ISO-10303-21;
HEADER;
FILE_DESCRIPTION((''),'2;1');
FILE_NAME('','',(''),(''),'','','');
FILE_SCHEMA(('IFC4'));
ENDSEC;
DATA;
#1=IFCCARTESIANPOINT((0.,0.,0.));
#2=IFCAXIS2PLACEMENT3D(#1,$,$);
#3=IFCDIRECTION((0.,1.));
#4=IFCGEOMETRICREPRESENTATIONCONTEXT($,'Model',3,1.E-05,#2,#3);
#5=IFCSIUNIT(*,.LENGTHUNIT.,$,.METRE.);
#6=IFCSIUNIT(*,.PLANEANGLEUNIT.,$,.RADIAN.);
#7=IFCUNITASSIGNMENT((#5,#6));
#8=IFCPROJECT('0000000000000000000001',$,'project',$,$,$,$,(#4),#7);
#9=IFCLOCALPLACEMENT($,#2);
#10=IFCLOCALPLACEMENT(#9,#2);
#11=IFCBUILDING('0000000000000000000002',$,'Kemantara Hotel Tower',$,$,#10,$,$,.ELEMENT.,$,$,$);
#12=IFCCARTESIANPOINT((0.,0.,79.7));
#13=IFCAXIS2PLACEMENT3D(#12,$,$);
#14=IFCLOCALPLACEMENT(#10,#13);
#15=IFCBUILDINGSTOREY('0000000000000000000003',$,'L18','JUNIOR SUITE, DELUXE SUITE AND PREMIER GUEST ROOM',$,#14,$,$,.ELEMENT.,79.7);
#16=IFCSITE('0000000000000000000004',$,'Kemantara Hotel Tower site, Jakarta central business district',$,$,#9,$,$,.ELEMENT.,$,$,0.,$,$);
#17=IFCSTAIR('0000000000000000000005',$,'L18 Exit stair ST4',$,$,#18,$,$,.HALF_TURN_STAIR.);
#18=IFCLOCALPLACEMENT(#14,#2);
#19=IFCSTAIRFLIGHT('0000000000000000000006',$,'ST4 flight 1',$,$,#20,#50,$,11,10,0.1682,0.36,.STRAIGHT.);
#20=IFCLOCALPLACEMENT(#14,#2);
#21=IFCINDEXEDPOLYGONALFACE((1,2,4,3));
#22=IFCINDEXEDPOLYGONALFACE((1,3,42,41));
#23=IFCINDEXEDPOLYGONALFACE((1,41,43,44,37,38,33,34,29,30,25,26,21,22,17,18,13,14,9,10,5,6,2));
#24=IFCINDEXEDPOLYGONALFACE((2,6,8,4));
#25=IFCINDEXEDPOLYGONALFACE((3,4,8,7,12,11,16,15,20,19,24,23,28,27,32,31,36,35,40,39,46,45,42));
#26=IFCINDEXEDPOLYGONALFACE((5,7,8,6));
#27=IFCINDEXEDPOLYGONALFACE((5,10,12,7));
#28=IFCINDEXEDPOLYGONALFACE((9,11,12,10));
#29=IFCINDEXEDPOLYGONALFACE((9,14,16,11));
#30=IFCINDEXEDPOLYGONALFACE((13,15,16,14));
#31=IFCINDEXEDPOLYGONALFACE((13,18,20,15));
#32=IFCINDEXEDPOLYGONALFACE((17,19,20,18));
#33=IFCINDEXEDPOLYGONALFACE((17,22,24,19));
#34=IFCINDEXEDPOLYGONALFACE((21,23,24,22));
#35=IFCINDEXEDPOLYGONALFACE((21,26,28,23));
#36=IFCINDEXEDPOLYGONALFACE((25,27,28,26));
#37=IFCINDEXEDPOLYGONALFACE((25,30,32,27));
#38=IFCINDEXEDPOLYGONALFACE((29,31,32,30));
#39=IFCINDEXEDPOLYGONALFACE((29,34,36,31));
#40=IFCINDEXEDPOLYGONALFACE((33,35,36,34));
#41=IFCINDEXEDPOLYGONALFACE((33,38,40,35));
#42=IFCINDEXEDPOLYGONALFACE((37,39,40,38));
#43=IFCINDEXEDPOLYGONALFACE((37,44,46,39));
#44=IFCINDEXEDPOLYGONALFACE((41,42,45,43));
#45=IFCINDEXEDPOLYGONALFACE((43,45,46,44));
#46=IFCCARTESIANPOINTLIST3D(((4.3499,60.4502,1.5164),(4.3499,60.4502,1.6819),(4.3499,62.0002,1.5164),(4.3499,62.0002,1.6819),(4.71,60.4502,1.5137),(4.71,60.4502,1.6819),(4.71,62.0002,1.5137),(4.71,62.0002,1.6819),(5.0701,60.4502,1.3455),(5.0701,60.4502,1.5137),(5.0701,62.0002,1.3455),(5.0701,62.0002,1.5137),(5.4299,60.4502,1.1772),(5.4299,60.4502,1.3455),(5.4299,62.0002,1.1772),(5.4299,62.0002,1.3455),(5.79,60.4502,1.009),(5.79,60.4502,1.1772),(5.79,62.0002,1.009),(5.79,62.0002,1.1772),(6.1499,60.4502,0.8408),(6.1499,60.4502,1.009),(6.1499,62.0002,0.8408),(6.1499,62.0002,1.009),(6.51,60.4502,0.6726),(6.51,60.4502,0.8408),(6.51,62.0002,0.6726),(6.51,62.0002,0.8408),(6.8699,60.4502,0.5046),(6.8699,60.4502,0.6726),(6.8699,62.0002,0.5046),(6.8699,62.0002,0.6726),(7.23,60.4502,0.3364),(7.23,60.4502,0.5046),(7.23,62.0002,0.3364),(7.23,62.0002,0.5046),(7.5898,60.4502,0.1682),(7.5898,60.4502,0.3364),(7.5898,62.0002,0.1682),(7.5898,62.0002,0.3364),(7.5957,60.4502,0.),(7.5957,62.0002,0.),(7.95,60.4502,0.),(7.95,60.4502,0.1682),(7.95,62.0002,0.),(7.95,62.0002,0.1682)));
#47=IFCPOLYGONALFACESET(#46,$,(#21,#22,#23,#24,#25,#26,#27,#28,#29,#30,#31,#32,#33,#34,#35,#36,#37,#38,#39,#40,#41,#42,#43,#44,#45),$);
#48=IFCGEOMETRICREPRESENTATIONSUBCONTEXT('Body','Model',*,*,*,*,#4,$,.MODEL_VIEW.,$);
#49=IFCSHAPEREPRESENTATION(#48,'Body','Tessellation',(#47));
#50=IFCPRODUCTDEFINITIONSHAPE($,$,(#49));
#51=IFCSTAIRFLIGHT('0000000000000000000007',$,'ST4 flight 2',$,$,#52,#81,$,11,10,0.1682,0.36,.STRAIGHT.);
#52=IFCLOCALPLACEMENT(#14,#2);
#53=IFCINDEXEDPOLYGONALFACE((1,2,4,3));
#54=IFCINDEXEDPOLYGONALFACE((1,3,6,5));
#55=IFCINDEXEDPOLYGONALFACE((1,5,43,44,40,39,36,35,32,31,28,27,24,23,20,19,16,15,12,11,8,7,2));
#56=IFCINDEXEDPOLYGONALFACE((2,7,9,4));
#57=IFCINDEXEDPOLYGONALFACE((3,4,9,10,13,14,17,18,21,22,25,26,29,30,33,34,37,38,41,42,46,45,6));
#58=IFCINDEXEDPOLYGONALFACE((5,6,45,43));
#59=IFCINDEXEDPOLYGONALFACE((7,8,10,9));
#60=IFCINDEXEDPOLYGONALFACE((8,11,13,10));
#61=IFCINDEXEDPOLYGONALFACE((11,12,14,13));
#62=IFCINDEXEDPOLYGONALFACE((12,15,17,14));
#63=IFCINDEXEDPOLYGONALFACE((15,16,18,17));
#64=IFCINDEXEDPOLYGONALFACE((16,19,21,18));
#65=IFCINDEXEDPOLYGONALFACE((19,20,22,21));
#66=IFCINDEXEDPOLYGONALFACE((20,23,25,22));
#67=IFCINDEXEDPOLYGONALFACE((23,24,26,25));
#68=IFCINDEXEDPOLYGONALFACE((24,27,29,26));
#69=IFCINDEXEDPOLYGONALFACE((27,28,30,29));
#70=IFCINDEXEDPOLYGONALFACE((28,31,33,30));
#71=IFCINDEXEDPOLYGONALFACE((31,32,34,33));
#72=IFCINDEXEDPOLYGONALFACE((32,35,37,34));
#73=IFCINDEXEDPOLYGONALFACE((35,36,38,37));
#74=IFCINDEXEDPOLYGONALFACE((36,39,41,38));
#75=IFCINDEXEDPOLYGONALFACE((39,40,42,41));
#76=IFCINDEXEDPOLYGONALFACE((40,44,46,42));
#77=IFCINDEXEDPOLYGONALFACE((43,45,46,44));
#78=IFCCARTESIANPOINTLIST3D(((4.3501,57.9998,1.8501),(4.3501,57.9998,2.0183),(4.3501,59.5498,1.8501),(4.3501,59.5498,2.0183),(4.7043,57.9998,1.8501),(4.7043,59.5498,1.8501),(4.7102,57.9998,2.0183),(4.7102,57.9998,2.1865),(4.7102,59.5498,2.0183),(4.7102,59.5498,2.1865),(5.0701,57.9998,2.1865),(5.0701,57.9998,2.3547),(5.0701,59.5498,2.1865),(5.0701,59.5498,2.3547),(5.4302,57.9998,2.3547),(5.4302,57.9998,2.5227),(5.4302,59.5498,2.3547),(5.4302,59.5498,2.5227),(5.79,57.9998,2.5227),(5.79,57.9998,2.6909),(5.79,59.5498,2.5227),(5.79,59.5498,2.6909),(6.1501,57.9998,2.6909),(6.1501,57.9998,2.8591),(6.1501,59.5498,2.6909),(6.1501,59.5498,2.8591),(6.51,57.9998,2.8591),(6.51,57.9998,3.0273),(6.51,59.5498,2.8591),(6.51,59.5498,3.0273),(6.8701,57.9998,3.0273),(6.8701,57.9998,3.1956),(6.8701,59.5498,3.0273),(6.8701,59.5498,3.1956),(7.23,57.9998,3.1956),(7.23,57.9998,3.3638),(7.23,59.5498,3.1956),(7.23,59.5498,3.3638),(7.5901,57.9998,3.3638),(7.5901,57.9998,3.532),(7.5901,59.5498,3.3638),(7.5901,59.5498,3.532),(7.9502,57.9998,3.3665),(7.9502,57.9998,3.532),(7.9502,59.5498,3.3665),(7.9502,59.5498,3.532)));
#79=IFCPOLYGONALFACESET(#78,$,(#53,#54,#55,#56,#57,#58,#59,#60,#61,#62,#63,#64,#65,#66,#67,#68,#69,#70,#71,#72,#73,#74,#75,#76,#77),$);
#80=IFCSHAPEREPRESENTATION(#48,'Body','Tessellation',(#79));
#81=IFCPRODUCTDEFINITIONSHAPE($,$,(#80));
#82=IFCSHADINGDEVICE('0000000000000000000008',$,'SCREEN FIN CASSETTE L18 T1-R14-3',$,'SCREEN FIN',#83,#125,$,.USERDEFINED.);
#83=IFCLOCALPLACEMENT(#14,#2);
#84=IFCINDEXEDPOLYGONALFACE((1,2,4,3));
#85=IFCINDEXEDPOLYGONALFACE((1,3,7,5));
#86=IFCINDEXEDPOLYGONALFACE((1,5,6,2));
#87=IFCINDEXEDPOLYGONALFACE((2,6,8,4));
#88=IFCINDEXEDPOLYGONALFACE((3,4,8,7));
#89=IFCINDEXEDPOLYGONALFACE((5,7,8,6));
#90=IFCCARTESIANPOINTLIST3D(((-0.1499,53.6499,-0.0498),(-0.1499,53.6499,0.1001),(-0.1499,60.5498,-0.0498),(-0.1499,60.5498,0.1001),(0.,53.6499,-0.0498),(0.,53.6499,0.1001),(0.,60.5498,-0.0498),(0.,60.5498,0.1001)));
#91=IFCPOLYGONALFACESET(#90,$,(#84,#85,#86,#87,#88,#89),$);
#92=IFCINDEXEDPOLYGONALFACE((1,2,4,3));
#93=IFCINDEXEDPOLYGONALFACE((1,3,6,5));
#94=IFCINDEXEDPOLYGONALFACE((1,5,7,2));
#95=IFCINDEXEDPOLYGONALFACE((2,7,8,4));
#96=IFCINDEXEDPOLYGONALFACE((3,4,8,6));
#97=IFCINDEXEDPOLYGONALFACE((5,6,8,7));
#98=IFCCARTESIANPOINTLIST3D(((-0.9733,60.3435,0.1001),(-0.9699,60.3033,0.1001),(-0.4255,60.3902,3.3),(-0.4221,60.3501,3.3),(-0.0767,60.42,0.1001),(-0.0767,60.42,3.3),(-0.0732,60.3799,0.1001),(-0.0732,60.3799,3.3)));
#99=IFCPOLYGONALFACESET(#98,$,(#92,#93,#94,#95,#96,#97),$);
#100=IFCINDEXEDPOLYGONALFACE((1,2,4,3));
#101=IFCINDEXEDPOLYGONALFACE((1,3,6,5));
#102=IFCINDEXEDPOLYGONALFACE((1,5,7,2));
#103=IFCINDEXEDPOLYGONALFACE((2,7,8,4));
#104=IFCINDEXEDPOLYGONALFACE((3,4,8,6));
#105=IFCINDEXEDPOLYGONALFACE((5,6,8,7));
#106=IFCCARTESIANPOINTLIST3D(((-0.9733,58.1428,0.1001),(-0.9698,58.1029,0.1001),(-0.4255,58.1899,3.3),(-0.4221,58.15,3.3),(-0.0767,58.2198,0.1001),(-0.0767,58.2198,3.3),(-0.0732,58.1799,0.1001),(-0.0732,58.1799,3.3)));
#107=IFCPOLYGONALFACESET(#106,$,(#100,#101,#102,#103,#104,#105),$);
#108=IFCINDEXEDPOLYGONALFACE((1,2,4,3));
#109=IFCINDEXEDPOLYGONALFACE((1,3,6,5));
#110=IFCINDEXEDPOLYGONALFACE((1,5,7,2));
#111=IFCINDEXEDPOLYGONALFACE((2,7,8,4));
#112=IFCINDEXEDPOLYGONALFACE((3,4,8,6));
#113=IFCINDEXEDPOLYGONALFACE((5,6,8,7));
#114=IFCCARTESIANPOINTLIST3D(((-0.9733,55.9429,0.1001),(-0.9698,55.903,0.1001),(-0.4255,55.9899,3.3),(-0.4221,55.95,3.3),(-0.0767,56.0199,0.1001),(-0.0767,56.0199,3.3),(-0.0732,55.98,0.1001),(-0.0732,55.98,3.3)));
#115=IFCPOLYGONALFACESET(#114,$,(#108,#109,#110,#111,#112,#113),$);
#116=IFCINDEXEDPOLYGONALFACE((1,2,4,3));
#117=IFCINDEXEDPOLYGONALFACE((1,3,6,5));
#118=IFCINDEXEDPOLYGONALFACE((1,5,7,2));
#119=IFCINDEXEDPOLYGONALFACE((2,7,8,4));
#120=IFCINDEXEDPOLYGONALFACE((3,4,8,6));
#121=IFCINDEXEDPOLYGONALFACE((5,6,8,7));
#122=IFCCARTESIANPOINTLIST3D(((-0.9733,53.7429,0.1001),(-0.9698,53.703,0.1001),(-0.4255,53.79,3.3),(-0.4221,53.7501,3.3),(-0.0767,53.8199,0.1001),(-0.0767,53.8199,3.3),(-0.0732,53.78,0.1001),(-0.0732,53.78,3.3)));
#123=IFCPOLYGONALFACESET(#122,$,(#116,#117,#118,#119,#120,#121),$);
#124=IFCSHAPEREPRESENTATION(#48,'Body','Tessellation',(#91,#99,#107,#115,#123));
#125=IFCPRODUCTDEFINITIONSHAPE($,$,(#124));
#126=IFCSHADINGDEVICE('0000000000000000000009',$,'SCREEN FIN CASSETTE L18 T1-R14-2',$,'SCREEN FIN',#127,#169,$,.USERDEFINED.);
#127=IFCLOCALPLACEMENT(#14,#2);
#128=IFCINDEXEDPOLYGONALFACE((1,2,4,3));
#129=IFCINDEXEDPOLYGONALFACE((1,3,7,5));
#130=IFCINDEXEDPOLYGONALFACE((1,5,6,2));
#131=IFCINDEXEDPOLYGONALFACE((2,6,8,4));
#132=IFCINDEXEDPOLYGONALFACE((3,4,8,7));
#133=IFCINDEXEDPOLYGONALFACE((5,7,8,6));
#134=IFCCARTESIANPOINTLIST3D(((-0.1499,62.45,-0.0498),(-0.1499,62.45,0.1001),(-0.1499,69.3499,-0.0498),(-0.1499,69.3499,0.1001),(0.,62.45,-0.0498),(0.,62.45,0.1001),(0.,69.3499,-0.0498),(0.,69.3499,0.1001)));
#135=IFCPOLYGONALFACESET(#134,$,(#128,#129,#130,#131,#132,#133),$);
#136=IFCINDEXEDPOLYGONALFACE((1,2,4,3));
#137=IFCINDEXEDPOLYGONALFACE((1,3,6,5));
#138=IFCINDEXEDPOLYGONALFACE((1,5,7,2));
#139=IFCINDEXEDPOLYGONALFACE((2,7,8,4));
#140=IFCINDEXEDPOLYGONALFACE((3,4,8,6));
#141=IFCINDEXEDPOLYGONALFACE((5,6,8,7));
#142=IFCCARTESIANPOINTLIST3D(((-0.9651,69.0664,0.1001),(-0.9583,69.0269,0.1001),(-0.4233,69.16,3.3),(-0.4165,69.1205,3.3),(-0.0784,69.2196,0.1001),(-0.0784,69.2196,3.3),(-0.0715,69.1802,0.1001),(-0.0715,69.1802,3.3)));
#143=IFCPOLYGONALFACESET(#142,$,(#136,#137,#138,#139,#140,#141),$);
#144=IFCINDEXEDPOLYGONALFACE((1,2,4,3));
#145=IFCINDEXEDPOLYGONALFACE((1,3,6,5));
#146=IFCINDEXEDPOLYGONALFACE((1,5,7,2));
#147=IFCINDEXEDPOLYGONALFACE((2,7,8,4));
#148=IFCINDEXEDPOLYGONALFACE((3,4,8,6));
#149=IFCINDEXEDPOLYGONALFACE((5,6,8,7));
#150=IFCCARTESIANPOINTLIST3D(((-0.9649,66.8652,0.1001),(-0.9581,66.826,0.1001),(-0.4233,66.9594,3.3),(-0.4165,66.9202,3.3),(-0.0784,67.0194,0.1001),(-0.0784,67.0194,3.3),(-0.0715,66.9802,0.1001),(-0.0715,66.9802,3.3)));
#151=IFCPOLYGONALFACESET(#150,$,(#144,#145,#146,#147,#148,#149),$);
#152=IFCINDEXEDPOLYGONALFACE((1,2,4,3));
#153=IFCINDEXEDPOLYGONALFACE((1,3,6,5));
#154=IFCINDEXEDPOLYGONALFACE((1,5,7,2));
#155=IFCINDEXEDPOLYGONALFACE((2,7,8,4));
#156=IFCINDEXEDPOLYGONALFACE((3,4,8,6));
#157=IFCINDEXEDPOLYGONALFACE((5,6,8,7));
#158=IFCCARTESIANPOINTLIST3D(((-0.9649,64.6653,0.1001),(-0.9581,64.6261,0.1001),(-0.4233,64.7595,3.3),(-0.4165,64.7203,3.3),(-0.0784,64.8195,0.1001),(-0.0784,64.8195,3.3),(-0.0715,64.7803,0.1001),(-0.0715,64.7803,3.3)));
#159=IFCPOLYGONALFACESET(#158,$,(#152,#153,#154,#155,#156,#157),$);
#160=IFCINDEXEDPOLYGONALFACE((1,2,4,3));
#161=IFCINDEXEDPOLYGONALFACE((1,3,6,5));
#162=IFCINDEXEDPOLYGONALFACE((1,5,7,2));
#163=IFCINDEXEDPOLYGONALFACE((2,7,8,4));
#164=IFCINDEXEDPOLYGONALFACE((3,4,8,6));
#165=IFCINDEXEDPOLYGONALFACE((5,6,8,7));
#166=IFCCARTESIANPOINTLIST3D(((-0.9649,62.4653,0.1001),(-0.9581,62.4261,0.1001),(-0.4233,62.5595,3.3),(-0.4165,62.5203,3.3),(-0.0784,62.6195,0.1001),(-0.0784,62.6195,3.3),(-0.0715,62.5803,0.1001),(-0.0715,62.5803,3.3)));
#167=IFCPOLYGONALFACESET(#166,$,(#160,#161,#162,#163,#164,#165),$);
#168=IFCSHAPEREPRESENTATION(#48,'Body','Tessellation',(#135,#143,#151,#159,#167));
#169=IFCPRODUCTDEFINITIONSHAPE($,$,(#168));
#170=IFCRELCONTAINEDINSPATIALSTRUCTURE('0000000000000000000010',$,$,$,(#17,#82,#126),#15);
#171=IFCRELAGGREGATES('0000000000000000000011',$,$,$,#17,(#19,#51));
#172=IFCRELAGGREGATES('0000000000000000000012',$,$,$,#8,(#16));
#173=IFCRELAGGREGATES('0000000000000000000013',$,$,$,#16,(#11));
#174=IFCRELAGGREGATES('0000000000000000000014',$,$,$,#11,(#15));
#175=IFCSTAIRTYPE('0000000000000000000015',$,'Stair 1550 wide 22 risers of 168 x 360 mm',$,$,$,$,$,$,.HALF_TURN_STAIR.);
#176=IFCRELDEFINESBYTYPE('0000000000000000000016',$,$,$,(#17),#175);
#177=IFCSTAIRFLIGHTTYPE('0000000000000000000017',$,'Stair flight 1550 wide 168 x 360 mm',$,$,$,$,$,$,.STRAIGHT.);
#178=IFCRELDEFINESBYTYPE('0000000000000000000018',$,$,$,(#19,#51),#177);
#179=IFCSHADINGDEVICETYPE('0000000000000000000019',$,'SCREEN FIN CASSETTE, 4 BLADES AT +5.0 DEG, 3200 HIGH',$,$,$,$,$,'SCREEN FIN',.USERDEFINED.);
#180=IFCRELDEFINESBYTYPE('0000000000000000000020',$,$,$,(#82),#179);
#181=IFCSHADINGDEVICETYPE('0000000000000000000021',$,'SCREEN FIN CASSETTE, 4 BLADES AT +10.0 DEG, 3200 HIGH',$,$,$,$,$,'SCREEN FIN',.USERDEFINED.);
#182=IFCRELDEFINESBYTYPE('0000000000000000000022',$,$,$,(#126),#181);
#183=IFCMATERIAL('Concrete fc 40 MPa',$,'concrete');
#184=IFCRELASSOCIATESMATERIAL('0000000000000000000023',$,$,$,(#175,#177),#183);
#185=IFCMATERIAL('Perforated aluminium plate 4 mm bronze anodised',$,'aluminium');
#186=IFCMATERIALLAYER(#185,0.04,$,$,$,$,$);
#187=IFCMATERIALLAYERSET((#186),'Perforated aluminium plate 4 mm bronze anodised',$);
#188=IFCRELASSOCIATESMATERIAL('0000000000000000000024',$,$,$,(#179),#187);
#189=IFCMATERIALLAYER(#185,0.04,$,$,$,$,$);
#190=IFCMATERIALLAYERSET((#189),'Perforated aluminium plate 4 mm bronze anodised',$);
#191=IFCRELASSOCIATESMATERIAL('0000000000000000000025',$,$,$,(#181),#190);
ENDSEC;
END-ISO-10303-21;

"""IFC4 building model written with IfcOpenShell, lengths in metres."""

from ifc_helpers import new_model, si_unit, direction, frame, origin, origin_2d, place, context, subcontext, project, spatial, polyline, rectangle, outline, extrude, source, transform, mapped, material, layer, layer_set, type_object, element, aggregate, save


model = new_model("IFC4")

# Units and contexts
model_context = context("Model", 3, precision=1e-05, world=origin(), true_north=direction((0.0, 1.0)))
body_context = subcontext(model_context, "Body", "Model", "MODEL_VIEW")
ifc_project = project(units=[si_unit("LENGTHUNIT", "METRE"), si_unit("PLANEANGLEUNIT", "RADIAN")], contexts=[model_context])

# Site, building, storey
site_placement = place(None, origin())
site = spatial("IfcSite", under=ifc_project, at=site_placement, Name="Kemantara Hotel Tower site, Jakarta central business district", CompositionType="ELEMENT", RefElevation=0.0)
building_placement = place(site_placement, origin())
building = spatial("IfcBuilding", under=site, at=building_placement, Name="Kemantara Hotel Tower", CompositionType="ELEMENT")
storey_placement = place(building_placement, frame((0.0, 0.0, 79.7)))
storey = spatial("IfcBuildingStorey", under=building, at=storey_placement, Name="L18", Description="JUNIOR SUITE, DELUXE SUITE AND PREMIER GUEST ROOM", CompositionType="ELEMENT", Elevation=79.7)

# Shared definitions
ifc_material_1 = material(Name="Concrete fc 40 MPa", Category="concrete")

# Stair, stair flights
stair_type = type_object("IfcStairType", Name="Stair 1550 wide 22 risers of 168 x 360 mm", PredefinedType="HALF_TURN_STAIR", material=ifc_material_1)
stair_placement = place(storey_placement, origin())
stair = element("IfcStair", 1, at=stair_placement, inside=storey, type_object=stair_type, Name="L18 Exit stair ST4", PredefinedType="HALF_TURN_STAIR")
stair_flight_type = type_object("IfcStairFlightType", Name="Stair flight 1550 wide 168 x 360 mm", PredefinedType="STRAIGHT", material=ifc_material_1)
stair_flight_1_placement = place(storey_placement, frame((7.95, 61.2251, 0.0), z_axis=(0.0, 0.0, 1.0), x_axis=(-1.0, 0.0, 0.0)))
stair_flight_1 = element("IfcStairFlight", 2, at=stair_flight_1_placement, type_object=stair_flight_type, Name="ST4 flight 1", NumberOfRisers=11, NumberOfTreads=10, PredefinedType="STRAIGHT", RiserHeight=0.1682, TreadLength=0.36, context=body_context, shape_type="SweptSolid", body=[
    extrude(outline(polyline([(0.0, 0.0), (0.0, 0.1682), (0.3601, 0.1682), (0.3601, 0.3364), (0.72, 0.3364), (0.72, 0.5046), (1.0801, 0.5046), (1.0801, 0.6726), (1.4399, 0.6726), (1.4399, 0.8408), (1.8, 0.8408), (1.8, 1.009), (2.1599, 1.009), (2.1599, 1.1772), (2.52, 1.1772), (2.52, 1.3455), (2.8799, 1.3455), (2.8799, 1.5137), (3.24, 1.5137), (3.24, 1.6819), (3.6001, 1.6819), (3.6001, 1.8501), (3.6001, 1.5164), (0.3542, 0.0), (0.0, 0.0)])), frame((0.0, 0.7749, 0.0), z_axis=(0.0, -1.0, 0.0), x_axis=(1.0, 0.0, 0.0)), (0.0, 0.0, 1.0), 1.55),
])
stair_flight_2_placement = place(storey_placement, frame((4.3501, 58.7749, 1.8501), z_axis=(0.0, 0.0, 1.0), x_axis=(1.0, 0.0, 0.0)))
stair_flight_2 = element("IfcStairFlight", 3, at=stair_flight_2_placement, type_object=stair_flight_type, Name="ST4 flight 2", NumberOfRisers=11, NumberOfTreads=10, PredefinedType="STRAIGHT", RiserHeight=0.1682, TreadLength=0.36, context=body_context, shape_type="SweptSolid", body=[
    extrude(outline(polyline([(0.0, 0.0), (0.0, 0.1682), (0.3601, 0.1682), (0.3601, 0.3364), (0.72, 0.3364), (0.72, 0.5046), (1.0801, 0.5046), (1.0801, 0.6726), (1.4399, 0.6726), (1.4399, 0.8408), (1.8, 0.8408), (1.8, 1.009), (2.1599, 1.009), (2.1599, 1.1772), (2.52, 1.1772), (2.52, 1.3455), (2.8799, 1.3455), (2.8799, 1.5137), (3.24, 1.5137), (3.24, 1.6819), (3.6001, 1.6819), (3.6001, 1.8501), (3.6001, 1.5164), (0.3542, 0.0), (0.0, 0.0)])), frame((0.0, 0.7749, 0.0), z_axis=(0.0, -1.0, 0.0), x_axis=(1.0, 0.0, 0.0)), (0.0, 0.0, 1.0), 1.55),
])
aggregate(stair, [stair_flight_1, stair_flight_2])

# Shading devices
ifc_material_2 = material(Name="Perforated aluminium plate 4 mm bronze anodised", Category="aluminium")
ifc_layer_1 = layer(ifc_material_2, 0.04)
ifc_layer_set_1 = layer_set([ifc_layer_1], Name="Perforated aluminium plate 4 mm bronze anodised")
shading_device_type_1 = type_object("IfcShadingDeviceType", Name="SCREEN FIN CASSETTE, 4 BLADES AT +5.0 DEG, 3200 HIGH", ElementType="SCREEN FIN", PredefinedType="USERDEFINED", material=ifc_layer_set_1)
shared_shape_1 = source(origin(), body_context, "Body", "SweptSolid", [
    extrude(rectangle(XDim=6.8999, YDim=0.1499, at=origin_2d()), frame((3.3, -0.075, -0.1499), z_axis=(0.0, 0.0, 1.0), x_axis=(1.0, 0.0, 0.0)), (0.0, 0.0, 1.0), 0.1499),
    extrude(outline(polyline([(0.0, 0.0), (0.8999, 0.0), (0.3501, 3.2), (0.0, 3.2), (0.0, 0.0)])), frame((0.02, -0.0732, 0.0), z_axis=(-0.996376, -0.085056, 0.0), x_axis=(0.085056, -0.996376, 0.0)), (0.0, 0.0, 1.0), 0.0403),
    extrude(outline(polyline([(0.0, 0.0), (0.8999, 0.0), (0.3501, 3.2), (0.0, 3.2), (0.0, 0.0)])), frame((2.22, -0.0732, 0.0), z_axis=(-0.996332, -0.085575, 0.0), x_axis=(0.085575, -0.996332, 0.0)), (0.0, 0.0, 1.0), 0.04),
    extrude(outline(polyline([(0.0, 0.0), (0.8999, 0.0), (0.3501, 3.2), (0.0, 3.2), (0.0, 0.0)])), frame((4.4199, -0.0732, 0.0), z_axis=(-0.996332, -0.085575, 0.0), x_axis=(0.085575, -0.996332, 0.0)), (0.0, 0.0, 1.0), 0.04),
    extrude(outline(polyline([(0.0, 0.0), (0.8999, 0.0), (0.3501, 3.2), (0.0, 3.2), (0.0, 0.0)])), frame((6.6199, -0.0732, 0.0), z_axis=(-0.996332, -0.085575, 0.0), x_axis=(0.085575, -0.996332, 0.0)), (0.0, 0.0, 1.0), 0.04),
])
shading_device_1_placement = place(storey_placement, frame((0.0, 60.3999, 0.1001), z_axis=(0.0, 0.0, 1.0), x_axis=(0.0, -1.0, 0.0)))
element("IfcShadingDevice", 4, at=shading_device_1_placement, inside=storey, type_object=shading_device_type_1, Name="SCREEN FIN CASSETTE L18 T1-R14-3", ObjectType="SCREEN FIN", PredefinedType="USERDEFINED", context=body_context, shape_type="MappedRepresentation", body=[
    mapped(shared_shape_1, transform((0.0, 0.0, 0.0))),
])
ifc_layer_2 = layer(ifc_material_2, 0.04)
ifc_layer_set_2 = layer_set([ifc_layer_2], Name="Perforated aluminium plate 4 mm bronze anodised")
shading_device_type_2 = type_object("IfcShadingDeviceType", Name="SCREEN FIN CASSETTE, 4 BLADES AT +10.0 DEG, 3200 HIGH", ElementType="SCREEN FIN", PredefinedType="USERDEFINED", material=ifc_layer_set_2)
shared_shape_2 = source(origin(), body_context, "Body", "SweptSolid", [
    extrude(rectangle(XDim=6.8999, YDim=0.1499, at=origin_2d()), frame((3.3, -0.075, -0.1499), z_axis=(0.0, 0.0, 1.0), x_axis=(1.0, 0.0, 0.0)), (0.0, 0.0, 1.0), 0.1499),
    extrude(outline(polyline([(0.0, 0.0), (0.8999, 0.0), (0.3501, 3.2), (0.0, 3.2), (0.0, 0.0)])), frame((0.0198, -0.0715, 0.0), z_axis=(-0.98539, -0.170314, 0.0), x_axis=(0.170314, -0.98539, 0.0)), (0.0, 0.0, 1.0), 0.04),
    extrude(outline(polyline([(0.0, 0.0), (0.8999, 0.0), (0.3501, 3.2), (0.0, 3.2), (0.0, 0.0)])), frame((2.2197, -0.0715, 0.0), z_axis=(-0.985212, -0.171341, 0.0), x_axis=(0.171341, -0.985212, 0.0)), (0.0, 0.0, 1.0), 0.0398),
    extrude(outline(polyline([(0.0, 0.0), (0.8999, 0.0), (0.3501, 3.2), (0.0, 3.2), (0.0, 0.0)])), frame((4.4197, -0.0715, 0.0), z_axis=(-0.985212, -0.171341, 0.0), x_axis=(0.171341, -0.985212, 0.0)), (0.0, 0.0, 1.0), 0.0398),
    extrude(outline(polyline([(0.0, 0.0), (0.8999, 0.0), (0.3501, 3.2), (0.0, 3.2), (0.0, 0.0)])), frame((6.6196, -0.0715, 0.0), z_axis=(-0.985212, -0.171341, 0.0), x_axis=(0.171341, -0.985212, 0.0)), (0.0, 0.0, 1.0), 0.0398),
])
shading_device_2_placement = place(storey_placement, frame((0.0, 69.2, 0.1001), z_axis=(0.0, 0.0, 1.0), x_axis=(0.0, -1.0, 0.0)))
element("IfcShadingDevice", 5, at=shading_device_2_placement, inside=storey, type_object=shading_device_type_2, Name="SCREEN FIN CASSETTE L18 T1-R14-2", ObjectType="SCREEN FIN", PredefinedType="USERDEFINED", context=body_context, shape_type="MappedRepresentation", body=[
    mapped(shared_shape_2, transform((0.0, 0.0, 0.0))),
])

save(model, "model.ifc")
